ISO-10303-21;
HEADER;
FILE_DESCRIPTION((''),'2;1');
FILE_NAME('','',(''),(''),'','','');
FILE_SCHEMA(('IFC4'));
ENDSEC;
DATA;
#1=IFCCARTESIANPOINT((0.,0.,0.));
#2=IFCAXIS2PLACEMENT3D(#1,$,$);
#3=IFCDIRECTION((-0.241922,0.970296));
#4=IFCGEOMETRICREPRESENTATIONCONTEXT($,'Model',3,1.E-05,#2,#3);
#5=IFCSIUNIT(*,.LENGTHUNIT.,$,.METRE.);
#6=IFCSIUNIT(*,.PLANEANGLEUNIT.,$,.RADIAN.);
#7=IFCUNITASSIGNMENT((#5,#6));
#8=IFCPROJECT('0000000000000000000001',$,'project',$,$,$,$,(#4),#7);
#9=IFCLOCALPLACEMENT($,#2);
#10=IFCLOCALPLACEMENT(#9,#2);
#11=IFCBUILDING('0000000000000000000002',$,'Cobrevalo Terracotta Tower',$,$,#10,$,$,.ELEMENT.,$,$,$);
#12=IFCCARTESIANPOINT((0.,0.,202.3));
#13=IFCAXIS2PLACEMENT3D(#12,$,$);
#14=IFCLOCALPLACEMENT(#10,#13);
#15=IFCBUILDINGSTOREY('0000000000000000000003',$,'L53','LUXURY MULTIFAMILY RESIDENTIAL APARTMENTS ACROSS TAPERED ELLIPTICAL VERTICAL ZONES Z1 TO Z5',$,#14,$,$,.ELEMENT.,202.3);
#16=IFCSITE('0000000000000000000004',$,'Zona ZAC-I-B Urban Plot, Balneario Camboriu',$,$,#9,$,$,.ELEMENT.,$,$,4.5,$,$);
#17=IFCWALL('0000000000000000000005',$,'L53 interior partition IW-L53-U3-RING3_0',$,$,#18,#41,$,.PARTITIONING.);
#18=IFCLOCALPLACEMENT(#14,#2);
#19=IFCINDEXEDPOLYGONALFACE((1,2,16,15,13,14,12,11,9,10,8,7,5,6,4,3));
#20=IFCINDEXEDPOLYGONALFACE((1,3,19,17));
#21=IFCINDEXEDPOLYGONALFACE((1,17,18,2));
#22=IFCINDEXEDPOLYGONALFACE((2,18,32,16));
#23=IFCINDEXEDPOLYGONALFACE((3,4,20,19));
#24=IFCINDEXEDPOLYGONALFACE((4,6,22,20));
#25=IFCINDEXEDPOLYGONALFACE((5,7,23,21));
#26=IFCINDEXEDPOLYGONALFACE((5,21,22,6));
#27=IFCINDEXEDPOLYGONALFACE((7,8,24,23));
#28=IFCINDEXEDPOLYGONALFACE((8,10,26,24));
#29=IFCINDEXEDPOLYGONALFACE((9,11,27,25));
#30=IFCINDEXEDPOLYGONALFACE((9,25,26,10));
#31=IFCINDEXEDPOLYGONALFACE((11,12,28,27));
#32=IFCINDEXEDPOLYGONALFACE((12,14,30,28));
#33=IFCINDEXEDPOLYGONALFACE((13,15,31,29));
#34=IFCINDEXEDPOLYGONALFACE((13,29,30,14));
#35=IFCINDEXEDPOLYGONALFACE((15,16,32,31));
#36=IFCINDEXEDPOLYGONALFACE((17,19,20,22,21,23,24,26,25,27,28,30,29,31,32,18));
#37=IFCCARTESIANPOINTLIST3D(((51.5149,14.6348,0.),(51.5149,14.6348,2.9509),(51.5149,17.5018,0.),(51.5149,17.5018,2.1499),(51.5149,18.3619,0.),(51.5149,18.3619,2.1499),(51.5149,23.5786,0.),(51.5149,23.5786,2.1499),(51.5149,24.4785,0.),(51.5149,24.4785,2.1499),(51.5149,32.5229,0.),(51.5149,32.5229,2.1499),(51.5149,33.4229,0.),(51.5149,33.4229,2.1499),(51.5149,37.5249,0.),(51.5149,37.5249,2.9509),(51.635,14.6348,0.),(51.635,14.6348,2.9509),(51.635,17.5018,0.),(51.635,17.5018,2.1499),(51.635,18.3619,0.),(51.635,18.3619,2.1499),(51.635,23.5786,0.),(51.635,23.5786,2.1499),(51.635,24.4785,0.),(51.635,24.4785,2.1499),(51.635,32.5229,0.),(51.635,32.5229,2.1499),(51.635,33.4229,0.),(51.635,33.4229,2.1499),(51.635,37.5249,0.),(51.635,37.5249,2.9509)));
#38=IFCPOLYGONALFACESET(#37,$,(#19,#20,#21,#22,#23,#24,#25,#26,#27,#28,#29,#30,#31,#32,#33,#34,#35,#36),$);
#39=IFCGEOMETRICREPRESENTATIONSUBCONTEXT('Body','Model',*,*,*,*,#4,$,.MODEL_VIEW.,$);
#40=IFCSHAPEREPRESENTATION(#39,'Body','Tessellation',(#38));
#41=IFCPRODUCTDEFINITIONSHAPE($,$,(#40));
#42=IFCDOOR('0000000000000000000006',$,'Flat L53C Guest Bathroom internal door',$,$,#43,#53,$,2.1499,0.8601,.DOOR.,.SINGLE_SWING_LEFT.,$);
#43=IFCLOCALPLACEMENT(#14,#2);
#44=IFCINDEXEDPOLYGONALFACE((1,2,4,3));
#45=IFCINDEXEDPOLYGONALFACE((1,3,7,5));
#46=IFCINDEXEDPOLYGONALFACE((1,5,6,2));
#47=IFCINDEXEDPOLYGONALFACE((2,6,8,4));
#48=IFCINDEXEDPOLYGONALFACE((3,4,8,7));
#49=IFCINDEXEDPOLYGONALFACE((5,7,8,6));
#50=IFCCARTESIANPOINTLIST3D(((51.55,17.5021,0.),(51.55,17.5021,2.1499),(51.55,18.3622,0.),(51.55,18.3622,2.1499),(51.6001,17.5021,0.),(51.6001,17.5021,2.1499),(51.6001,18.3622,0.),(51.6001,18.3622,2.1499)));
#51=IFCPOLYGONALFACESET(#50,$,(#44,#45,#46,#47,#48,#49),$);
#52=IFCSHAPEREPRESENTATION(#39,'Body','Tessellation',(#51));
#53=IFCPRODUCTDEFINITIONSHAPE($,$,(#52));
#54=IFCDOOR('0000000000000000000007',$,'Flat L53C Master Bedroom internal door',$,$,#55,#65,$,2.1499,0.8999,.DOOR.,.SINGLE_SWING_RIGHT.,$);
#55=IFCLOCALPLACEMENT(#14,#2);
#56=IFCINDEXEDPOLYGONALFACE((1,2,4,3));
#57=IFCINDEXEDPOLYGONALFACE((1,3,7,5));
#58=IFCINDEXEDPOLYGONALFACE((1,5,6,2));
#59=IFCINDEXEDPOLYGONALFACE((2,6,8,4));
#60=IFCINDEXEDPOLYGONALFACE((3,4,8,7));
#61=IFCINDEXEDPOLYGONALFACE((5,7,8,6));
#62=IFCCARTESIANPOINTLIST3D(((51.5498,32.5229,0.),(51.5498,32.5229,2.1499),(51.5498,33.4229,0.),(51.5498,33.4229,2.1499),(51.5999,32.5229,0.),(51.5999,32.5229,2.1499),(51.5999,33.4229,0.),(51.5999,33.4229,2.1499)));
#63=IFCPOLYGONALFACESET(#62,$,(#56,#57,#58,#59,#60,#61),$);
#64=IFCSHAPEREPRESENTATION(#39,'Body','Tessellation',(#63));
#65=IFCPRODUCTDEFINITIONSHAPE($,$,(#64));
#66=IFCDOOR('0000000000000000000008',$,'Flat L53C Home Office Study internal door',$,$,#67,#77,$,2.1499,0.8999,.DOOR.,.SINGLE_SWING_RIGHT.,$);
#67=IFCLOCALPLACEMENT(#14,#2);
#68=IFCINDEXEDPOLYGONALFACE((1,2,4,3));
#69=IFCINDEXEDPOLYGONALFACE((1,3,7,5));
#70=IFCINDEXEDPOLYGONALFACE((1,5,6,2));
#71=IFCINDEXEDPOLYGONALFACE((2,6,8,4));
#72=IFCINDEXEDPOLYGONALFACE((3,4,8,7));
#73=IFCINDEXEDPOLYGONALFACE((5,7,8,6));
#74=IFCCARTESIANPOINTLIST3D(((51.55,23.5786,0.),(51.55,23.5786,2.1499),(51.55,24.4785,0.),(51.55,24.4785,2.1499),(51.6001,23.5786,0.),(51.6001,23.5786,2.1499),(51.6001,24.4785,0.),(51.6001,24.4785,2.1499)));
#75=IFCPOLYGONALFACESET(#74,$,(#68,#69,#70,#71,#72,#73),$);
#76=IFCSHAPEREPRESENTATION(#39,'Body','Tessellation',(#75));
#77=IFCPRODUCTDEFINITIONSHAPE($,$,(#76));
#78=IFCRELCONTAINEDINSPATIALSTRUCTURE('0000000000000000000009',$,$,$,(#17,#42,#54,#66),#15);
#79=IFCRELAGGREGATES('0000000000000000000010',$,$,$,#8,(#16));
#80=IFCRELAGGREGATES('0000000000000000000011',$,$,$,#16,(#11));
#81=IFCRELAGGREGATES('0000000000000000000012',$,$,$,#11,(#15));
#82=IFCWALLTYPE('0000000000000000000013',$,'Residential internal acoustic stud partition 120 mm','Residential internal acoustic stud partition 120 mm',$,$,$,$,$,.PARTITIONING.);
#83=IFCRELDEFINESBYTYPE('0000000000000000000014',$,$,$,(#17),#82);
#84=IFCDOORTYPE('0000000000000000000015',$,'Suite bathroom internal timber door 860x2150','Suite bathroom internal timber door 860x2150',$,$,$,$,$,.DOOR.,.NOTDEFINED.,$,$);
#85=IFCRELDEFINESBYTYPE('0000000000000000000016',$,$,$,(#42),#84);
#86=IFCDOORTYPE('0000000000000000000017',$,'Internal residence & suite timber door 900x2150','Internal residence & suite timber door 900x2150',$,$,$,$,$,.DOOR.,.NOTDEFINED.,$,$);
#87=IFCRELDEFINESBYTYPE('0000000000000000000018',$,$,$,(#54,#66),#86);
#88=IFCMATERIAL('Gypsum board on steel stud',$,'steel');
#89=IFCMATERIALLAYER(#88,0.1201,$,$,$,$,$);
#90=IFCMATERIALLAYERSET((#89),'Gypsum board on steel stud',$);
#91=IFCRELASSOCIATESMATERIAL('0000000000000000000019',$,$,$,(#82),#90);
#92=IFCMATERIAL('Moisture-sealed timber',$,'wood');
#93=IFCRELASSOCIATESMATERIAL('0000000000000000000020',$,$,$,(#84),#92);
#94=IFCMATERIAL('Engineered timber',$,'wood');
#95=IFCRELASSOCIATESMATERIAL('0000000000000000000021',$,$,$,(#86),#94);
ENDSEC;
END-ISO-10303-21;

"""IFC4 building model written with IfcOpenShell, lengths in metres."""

from ifc_helpers import new_model, si_unit, direction, frame, frame_2d, origin, place, context, subcontext, project, spatial, rectangle, extrude, source, transform, mapped, material, layer, layer_set, type_object, element, fill, save


model = new_model("IFC4")

# Units and contexts
model_context = context("Model", 3, precision=1e-05, world=origin(), true_north=direction((-0.241922, 0.970296)))
body_context = subcontext(model_context, "Body", "Model", "MODEL_VIEW")
ifc_project = project(units=[si_unit("LENGTHUNIT", "METRE"), si_unit("PLANEANGLEUNIT", "RADIAN")], contexts=[model_context])

# Site, building, storey
site_placement = place(None, origin())
site = spatial("IfcSite", under=ifc_project, at=site_placement, Name="Zona ZAC-I-B Urban Plot, Balneario Camboriu", CompositionType="ELEMENT", RefElevation=4.5)
building_placement = place(site_placement, origin())
building = spatial("IfcBuilding", under=site, at=building_placement, Name="Cobrevalo Terracotta Tower", CompositionType="ELEMENT")
storey_placement = place(building_placement, frame((0.0, 0.0, 202.3)))
storey = spatial("IfcBuildingStorey", under=building, at=storey_placement, Name="L53", Description="LUXURY MULTIFAMILY RESIDENTIAL APARTMENTS ACROSS TAPERED ELLIPTICAL VERTICAL ZONES Z1 TO Z5", CompositionType="ELEMENT", Elevation=202.3)

# Wall, openings, doors
ifc_material_1 = material(Name="Gypsum board on steel stud", Category="steel")
ifc_layer_1 = layer(ifc_material_1, 0.1201)
ifc_layer_set_1 = layer_set([ifc_layer_1], Name="Gypsum board on steel stud")
wall_type_1 = type_object("IfcWallType", Name="Residential internal acoustic stud partition 120 mm", Description="Residential internal acoustic stud partition 120 mm", PredefinedType="PARTITIONING", material=ifc_layer_set_1)
wall_1_placement = place(storey_placement, frame((51.575, 37.5249, 0.0), z_axis=(0.0, 0.0, 1.0), x_axis=(0.0, -1.0, 0.0)))
wall_1 = element("IfcWall", 1, at=wall_1_placement, inside=storey, type_object=wall_type_1, Name="L53 interior partition IW-L53-U3-RING3_0", PredefinedType="PARTITIONING", context=body_context, shape_type="SweptSolid", body=[
    extrude(rectangle(XDim=22.8901, YDim=0.1201, at=frame_2d((11.4451, 0.0))), origin(), (0.0, 0.0, 1.0), 2.9509),
])
opening_1_placement = place(wall_1_placement, frame((4.1021, 0.0, 0.0)))
opening_1 = element("IfcOpeningElement", 2, at=opening_1_placement, cuts=wall_1, PredefinedType="OPENING", context=body_context, shape_type="SweptSolid", body=[
    extrude(rectangle(XDim=0.8999, YDim=2.1499, at=frame_2d((0.45, 1.075))), frame((0.0, 0.0701, 0.0), z_axis=(0.0, -1.0, 0.0), x_axis=(1.0, 0.0, 0.0)), (0.0, 0.0, 1.0), 0.1401),
])
opening_2_placement = place(wall_1_placement, frame((19.1628, 0.0, 0.0)))
opening_2 = element("IfcOpeningElement", 3, at=opening_2_placement, cuts=wall_1, PredefinedType="OPENING", context=body_context, shape_type="SweptSolid", body=[
    extrude(rectangle(XDim=0.8601, YDim=2.1499, at=frame_2d((0.4302, 1.075))), frame((0.0, 0.0701, 0.0), z_axis=(0.0, -1.0, 0.0), x_axis=(1.0, 0.0, 0.0)), (0.0, 0.0, 1.0), 0.1401),
])
opening_3_placement = place(wall_1_placement, frame((13.0464, 0.0, 0.0)))
opening_3 = element("IfcOpeningElement", 4, at=opening_3_placement, cuts=wall_1, PredefinedType="OPENING", context=body_context, shape_type="SweptSolid", body=[
    extrude(rectangle(XDim=0.8999, YDim=2.1499, at=frame_2d((0.45, 1.075))), frame((0.0, 0.0701, 0.0), z_axis=(0.0, -1.0, 0.0), x_axis=(1.0, 0.0, 0.0)), (0.0, 0.0, 1.0), 0.1401),
])
ifc_material_2 = material(Name="Moisture-sealed timber", Category="wood")
door_type_1 = type_object("IfcDoorType", Name="Suite bathroom internal timber door 860x2150", Description="Suite bathroom internal timber door 860x2150", OperationType="NOTDEFINED", PredefinedType="DOOR", material=ifc_material_2)
shared_shape_1 = source(origin(), body_context, "Body", "SweptSolid", [
    extrude(rectangle(XDim=0.8601, YDim=2.1499, at=frame_2d((0.4302, 1.075))), frame((0.0, 0.0249, 0.0), z_axis=(0.0, -1.0, 0.0), x_axis=(1.0, 0.0, 0.0)), (0.0, 0.0, 1.0), 0.05),
])
door_1_placement = place(opening_2_placement, frame((0.8601, 0.0, 0.0), z_axis=(0.0, 0.0, 1.0), x_axis=(-1.0, 0.0, 0.0)))
door_1 = element("IfcDoor", 5, at=door_1_placement, inside=storey, type_object=door_type_1, Name="Flat L53C Guest Bathroom internal door", OperationType="SINGLE_SWING_LEFT", OverallHeight=2.1499, OverallWidth=0.8601, PredefinedType="DOOR", context=body_context, shape_type="MappedRepresentation", body=[
    mapped(shared_shape_1, transform((0.0, 0.0, 0.0), scale=1.0)),
])
fill(opening_2, door_1)
ifc_material_3 = material(Name="Engineered timber", Category="wood")
door_type_2 = type_object("IfcDoorType", Name="Internal residence & suite timber door 900x2150", Description="Internal residence & suite timber door 900x2150", OperationType="NOTDEFINED", PredefinedType="DOOR", material=ifc_material_3)
shared_shape_2 = source(origin(), body_context, "Body", "SweptSolid", [
    extrude(rectangle(XDim=0.8999, YDim=2.1499, at=frame_2d((0.45, 1.075))), frame((0.0, 0.0249, 0.0), z_axis=(0.0, -1.0, 0.0), x_axis=(1.0, 0.0, 0.0)), (0.0, 0.0, 1.0), 0.05),
])
door_2_placement = place(opening_1_placement, origin())
door_2 = element("IfcDoor", 6, at=door_2_placement, inside=storey, type_object=door_type_2, Name="Flat L53C Master Bedroom internal door", OperationType="SINGLE_SWING_RIGHT", OverallHeight=2.1499, OverallWidth=0.8999, PredefinedType="DOOR", context=body_context, shape_type="MappedRepresentation", body=[
    mapped(shared_shape_2, transform((0.0, 0.0, 0.0), scale=1.0)),
])
fill(opening_1, door_2)
door_3_placement = place(opening_3_placement, frame((0.8999, 0.0, 0.0), z_axis=(0.0, 0.0, 1.0), x_axis=(-1.0, 0.0, 0.0)))
door_3 = element("IfcDoor", 7, at=door_3_placement, inside=storey, type_object=door_type_2, Name="Flat L53C Home Office Study internal door", OperationType="SINGLE_SWING_RIGHT", OverallHeight=2.1499, OverallWidth=0.8999, PredefinedType="DOOR", context=body_context, shape_type="MappedRepresentation", body=[
    mapped(shared_shape_2, transform((0.0, 0.0, 0.0), scale=1.0)),
])
fill(opening_3, door_3)

save(model, "model.ifc")
